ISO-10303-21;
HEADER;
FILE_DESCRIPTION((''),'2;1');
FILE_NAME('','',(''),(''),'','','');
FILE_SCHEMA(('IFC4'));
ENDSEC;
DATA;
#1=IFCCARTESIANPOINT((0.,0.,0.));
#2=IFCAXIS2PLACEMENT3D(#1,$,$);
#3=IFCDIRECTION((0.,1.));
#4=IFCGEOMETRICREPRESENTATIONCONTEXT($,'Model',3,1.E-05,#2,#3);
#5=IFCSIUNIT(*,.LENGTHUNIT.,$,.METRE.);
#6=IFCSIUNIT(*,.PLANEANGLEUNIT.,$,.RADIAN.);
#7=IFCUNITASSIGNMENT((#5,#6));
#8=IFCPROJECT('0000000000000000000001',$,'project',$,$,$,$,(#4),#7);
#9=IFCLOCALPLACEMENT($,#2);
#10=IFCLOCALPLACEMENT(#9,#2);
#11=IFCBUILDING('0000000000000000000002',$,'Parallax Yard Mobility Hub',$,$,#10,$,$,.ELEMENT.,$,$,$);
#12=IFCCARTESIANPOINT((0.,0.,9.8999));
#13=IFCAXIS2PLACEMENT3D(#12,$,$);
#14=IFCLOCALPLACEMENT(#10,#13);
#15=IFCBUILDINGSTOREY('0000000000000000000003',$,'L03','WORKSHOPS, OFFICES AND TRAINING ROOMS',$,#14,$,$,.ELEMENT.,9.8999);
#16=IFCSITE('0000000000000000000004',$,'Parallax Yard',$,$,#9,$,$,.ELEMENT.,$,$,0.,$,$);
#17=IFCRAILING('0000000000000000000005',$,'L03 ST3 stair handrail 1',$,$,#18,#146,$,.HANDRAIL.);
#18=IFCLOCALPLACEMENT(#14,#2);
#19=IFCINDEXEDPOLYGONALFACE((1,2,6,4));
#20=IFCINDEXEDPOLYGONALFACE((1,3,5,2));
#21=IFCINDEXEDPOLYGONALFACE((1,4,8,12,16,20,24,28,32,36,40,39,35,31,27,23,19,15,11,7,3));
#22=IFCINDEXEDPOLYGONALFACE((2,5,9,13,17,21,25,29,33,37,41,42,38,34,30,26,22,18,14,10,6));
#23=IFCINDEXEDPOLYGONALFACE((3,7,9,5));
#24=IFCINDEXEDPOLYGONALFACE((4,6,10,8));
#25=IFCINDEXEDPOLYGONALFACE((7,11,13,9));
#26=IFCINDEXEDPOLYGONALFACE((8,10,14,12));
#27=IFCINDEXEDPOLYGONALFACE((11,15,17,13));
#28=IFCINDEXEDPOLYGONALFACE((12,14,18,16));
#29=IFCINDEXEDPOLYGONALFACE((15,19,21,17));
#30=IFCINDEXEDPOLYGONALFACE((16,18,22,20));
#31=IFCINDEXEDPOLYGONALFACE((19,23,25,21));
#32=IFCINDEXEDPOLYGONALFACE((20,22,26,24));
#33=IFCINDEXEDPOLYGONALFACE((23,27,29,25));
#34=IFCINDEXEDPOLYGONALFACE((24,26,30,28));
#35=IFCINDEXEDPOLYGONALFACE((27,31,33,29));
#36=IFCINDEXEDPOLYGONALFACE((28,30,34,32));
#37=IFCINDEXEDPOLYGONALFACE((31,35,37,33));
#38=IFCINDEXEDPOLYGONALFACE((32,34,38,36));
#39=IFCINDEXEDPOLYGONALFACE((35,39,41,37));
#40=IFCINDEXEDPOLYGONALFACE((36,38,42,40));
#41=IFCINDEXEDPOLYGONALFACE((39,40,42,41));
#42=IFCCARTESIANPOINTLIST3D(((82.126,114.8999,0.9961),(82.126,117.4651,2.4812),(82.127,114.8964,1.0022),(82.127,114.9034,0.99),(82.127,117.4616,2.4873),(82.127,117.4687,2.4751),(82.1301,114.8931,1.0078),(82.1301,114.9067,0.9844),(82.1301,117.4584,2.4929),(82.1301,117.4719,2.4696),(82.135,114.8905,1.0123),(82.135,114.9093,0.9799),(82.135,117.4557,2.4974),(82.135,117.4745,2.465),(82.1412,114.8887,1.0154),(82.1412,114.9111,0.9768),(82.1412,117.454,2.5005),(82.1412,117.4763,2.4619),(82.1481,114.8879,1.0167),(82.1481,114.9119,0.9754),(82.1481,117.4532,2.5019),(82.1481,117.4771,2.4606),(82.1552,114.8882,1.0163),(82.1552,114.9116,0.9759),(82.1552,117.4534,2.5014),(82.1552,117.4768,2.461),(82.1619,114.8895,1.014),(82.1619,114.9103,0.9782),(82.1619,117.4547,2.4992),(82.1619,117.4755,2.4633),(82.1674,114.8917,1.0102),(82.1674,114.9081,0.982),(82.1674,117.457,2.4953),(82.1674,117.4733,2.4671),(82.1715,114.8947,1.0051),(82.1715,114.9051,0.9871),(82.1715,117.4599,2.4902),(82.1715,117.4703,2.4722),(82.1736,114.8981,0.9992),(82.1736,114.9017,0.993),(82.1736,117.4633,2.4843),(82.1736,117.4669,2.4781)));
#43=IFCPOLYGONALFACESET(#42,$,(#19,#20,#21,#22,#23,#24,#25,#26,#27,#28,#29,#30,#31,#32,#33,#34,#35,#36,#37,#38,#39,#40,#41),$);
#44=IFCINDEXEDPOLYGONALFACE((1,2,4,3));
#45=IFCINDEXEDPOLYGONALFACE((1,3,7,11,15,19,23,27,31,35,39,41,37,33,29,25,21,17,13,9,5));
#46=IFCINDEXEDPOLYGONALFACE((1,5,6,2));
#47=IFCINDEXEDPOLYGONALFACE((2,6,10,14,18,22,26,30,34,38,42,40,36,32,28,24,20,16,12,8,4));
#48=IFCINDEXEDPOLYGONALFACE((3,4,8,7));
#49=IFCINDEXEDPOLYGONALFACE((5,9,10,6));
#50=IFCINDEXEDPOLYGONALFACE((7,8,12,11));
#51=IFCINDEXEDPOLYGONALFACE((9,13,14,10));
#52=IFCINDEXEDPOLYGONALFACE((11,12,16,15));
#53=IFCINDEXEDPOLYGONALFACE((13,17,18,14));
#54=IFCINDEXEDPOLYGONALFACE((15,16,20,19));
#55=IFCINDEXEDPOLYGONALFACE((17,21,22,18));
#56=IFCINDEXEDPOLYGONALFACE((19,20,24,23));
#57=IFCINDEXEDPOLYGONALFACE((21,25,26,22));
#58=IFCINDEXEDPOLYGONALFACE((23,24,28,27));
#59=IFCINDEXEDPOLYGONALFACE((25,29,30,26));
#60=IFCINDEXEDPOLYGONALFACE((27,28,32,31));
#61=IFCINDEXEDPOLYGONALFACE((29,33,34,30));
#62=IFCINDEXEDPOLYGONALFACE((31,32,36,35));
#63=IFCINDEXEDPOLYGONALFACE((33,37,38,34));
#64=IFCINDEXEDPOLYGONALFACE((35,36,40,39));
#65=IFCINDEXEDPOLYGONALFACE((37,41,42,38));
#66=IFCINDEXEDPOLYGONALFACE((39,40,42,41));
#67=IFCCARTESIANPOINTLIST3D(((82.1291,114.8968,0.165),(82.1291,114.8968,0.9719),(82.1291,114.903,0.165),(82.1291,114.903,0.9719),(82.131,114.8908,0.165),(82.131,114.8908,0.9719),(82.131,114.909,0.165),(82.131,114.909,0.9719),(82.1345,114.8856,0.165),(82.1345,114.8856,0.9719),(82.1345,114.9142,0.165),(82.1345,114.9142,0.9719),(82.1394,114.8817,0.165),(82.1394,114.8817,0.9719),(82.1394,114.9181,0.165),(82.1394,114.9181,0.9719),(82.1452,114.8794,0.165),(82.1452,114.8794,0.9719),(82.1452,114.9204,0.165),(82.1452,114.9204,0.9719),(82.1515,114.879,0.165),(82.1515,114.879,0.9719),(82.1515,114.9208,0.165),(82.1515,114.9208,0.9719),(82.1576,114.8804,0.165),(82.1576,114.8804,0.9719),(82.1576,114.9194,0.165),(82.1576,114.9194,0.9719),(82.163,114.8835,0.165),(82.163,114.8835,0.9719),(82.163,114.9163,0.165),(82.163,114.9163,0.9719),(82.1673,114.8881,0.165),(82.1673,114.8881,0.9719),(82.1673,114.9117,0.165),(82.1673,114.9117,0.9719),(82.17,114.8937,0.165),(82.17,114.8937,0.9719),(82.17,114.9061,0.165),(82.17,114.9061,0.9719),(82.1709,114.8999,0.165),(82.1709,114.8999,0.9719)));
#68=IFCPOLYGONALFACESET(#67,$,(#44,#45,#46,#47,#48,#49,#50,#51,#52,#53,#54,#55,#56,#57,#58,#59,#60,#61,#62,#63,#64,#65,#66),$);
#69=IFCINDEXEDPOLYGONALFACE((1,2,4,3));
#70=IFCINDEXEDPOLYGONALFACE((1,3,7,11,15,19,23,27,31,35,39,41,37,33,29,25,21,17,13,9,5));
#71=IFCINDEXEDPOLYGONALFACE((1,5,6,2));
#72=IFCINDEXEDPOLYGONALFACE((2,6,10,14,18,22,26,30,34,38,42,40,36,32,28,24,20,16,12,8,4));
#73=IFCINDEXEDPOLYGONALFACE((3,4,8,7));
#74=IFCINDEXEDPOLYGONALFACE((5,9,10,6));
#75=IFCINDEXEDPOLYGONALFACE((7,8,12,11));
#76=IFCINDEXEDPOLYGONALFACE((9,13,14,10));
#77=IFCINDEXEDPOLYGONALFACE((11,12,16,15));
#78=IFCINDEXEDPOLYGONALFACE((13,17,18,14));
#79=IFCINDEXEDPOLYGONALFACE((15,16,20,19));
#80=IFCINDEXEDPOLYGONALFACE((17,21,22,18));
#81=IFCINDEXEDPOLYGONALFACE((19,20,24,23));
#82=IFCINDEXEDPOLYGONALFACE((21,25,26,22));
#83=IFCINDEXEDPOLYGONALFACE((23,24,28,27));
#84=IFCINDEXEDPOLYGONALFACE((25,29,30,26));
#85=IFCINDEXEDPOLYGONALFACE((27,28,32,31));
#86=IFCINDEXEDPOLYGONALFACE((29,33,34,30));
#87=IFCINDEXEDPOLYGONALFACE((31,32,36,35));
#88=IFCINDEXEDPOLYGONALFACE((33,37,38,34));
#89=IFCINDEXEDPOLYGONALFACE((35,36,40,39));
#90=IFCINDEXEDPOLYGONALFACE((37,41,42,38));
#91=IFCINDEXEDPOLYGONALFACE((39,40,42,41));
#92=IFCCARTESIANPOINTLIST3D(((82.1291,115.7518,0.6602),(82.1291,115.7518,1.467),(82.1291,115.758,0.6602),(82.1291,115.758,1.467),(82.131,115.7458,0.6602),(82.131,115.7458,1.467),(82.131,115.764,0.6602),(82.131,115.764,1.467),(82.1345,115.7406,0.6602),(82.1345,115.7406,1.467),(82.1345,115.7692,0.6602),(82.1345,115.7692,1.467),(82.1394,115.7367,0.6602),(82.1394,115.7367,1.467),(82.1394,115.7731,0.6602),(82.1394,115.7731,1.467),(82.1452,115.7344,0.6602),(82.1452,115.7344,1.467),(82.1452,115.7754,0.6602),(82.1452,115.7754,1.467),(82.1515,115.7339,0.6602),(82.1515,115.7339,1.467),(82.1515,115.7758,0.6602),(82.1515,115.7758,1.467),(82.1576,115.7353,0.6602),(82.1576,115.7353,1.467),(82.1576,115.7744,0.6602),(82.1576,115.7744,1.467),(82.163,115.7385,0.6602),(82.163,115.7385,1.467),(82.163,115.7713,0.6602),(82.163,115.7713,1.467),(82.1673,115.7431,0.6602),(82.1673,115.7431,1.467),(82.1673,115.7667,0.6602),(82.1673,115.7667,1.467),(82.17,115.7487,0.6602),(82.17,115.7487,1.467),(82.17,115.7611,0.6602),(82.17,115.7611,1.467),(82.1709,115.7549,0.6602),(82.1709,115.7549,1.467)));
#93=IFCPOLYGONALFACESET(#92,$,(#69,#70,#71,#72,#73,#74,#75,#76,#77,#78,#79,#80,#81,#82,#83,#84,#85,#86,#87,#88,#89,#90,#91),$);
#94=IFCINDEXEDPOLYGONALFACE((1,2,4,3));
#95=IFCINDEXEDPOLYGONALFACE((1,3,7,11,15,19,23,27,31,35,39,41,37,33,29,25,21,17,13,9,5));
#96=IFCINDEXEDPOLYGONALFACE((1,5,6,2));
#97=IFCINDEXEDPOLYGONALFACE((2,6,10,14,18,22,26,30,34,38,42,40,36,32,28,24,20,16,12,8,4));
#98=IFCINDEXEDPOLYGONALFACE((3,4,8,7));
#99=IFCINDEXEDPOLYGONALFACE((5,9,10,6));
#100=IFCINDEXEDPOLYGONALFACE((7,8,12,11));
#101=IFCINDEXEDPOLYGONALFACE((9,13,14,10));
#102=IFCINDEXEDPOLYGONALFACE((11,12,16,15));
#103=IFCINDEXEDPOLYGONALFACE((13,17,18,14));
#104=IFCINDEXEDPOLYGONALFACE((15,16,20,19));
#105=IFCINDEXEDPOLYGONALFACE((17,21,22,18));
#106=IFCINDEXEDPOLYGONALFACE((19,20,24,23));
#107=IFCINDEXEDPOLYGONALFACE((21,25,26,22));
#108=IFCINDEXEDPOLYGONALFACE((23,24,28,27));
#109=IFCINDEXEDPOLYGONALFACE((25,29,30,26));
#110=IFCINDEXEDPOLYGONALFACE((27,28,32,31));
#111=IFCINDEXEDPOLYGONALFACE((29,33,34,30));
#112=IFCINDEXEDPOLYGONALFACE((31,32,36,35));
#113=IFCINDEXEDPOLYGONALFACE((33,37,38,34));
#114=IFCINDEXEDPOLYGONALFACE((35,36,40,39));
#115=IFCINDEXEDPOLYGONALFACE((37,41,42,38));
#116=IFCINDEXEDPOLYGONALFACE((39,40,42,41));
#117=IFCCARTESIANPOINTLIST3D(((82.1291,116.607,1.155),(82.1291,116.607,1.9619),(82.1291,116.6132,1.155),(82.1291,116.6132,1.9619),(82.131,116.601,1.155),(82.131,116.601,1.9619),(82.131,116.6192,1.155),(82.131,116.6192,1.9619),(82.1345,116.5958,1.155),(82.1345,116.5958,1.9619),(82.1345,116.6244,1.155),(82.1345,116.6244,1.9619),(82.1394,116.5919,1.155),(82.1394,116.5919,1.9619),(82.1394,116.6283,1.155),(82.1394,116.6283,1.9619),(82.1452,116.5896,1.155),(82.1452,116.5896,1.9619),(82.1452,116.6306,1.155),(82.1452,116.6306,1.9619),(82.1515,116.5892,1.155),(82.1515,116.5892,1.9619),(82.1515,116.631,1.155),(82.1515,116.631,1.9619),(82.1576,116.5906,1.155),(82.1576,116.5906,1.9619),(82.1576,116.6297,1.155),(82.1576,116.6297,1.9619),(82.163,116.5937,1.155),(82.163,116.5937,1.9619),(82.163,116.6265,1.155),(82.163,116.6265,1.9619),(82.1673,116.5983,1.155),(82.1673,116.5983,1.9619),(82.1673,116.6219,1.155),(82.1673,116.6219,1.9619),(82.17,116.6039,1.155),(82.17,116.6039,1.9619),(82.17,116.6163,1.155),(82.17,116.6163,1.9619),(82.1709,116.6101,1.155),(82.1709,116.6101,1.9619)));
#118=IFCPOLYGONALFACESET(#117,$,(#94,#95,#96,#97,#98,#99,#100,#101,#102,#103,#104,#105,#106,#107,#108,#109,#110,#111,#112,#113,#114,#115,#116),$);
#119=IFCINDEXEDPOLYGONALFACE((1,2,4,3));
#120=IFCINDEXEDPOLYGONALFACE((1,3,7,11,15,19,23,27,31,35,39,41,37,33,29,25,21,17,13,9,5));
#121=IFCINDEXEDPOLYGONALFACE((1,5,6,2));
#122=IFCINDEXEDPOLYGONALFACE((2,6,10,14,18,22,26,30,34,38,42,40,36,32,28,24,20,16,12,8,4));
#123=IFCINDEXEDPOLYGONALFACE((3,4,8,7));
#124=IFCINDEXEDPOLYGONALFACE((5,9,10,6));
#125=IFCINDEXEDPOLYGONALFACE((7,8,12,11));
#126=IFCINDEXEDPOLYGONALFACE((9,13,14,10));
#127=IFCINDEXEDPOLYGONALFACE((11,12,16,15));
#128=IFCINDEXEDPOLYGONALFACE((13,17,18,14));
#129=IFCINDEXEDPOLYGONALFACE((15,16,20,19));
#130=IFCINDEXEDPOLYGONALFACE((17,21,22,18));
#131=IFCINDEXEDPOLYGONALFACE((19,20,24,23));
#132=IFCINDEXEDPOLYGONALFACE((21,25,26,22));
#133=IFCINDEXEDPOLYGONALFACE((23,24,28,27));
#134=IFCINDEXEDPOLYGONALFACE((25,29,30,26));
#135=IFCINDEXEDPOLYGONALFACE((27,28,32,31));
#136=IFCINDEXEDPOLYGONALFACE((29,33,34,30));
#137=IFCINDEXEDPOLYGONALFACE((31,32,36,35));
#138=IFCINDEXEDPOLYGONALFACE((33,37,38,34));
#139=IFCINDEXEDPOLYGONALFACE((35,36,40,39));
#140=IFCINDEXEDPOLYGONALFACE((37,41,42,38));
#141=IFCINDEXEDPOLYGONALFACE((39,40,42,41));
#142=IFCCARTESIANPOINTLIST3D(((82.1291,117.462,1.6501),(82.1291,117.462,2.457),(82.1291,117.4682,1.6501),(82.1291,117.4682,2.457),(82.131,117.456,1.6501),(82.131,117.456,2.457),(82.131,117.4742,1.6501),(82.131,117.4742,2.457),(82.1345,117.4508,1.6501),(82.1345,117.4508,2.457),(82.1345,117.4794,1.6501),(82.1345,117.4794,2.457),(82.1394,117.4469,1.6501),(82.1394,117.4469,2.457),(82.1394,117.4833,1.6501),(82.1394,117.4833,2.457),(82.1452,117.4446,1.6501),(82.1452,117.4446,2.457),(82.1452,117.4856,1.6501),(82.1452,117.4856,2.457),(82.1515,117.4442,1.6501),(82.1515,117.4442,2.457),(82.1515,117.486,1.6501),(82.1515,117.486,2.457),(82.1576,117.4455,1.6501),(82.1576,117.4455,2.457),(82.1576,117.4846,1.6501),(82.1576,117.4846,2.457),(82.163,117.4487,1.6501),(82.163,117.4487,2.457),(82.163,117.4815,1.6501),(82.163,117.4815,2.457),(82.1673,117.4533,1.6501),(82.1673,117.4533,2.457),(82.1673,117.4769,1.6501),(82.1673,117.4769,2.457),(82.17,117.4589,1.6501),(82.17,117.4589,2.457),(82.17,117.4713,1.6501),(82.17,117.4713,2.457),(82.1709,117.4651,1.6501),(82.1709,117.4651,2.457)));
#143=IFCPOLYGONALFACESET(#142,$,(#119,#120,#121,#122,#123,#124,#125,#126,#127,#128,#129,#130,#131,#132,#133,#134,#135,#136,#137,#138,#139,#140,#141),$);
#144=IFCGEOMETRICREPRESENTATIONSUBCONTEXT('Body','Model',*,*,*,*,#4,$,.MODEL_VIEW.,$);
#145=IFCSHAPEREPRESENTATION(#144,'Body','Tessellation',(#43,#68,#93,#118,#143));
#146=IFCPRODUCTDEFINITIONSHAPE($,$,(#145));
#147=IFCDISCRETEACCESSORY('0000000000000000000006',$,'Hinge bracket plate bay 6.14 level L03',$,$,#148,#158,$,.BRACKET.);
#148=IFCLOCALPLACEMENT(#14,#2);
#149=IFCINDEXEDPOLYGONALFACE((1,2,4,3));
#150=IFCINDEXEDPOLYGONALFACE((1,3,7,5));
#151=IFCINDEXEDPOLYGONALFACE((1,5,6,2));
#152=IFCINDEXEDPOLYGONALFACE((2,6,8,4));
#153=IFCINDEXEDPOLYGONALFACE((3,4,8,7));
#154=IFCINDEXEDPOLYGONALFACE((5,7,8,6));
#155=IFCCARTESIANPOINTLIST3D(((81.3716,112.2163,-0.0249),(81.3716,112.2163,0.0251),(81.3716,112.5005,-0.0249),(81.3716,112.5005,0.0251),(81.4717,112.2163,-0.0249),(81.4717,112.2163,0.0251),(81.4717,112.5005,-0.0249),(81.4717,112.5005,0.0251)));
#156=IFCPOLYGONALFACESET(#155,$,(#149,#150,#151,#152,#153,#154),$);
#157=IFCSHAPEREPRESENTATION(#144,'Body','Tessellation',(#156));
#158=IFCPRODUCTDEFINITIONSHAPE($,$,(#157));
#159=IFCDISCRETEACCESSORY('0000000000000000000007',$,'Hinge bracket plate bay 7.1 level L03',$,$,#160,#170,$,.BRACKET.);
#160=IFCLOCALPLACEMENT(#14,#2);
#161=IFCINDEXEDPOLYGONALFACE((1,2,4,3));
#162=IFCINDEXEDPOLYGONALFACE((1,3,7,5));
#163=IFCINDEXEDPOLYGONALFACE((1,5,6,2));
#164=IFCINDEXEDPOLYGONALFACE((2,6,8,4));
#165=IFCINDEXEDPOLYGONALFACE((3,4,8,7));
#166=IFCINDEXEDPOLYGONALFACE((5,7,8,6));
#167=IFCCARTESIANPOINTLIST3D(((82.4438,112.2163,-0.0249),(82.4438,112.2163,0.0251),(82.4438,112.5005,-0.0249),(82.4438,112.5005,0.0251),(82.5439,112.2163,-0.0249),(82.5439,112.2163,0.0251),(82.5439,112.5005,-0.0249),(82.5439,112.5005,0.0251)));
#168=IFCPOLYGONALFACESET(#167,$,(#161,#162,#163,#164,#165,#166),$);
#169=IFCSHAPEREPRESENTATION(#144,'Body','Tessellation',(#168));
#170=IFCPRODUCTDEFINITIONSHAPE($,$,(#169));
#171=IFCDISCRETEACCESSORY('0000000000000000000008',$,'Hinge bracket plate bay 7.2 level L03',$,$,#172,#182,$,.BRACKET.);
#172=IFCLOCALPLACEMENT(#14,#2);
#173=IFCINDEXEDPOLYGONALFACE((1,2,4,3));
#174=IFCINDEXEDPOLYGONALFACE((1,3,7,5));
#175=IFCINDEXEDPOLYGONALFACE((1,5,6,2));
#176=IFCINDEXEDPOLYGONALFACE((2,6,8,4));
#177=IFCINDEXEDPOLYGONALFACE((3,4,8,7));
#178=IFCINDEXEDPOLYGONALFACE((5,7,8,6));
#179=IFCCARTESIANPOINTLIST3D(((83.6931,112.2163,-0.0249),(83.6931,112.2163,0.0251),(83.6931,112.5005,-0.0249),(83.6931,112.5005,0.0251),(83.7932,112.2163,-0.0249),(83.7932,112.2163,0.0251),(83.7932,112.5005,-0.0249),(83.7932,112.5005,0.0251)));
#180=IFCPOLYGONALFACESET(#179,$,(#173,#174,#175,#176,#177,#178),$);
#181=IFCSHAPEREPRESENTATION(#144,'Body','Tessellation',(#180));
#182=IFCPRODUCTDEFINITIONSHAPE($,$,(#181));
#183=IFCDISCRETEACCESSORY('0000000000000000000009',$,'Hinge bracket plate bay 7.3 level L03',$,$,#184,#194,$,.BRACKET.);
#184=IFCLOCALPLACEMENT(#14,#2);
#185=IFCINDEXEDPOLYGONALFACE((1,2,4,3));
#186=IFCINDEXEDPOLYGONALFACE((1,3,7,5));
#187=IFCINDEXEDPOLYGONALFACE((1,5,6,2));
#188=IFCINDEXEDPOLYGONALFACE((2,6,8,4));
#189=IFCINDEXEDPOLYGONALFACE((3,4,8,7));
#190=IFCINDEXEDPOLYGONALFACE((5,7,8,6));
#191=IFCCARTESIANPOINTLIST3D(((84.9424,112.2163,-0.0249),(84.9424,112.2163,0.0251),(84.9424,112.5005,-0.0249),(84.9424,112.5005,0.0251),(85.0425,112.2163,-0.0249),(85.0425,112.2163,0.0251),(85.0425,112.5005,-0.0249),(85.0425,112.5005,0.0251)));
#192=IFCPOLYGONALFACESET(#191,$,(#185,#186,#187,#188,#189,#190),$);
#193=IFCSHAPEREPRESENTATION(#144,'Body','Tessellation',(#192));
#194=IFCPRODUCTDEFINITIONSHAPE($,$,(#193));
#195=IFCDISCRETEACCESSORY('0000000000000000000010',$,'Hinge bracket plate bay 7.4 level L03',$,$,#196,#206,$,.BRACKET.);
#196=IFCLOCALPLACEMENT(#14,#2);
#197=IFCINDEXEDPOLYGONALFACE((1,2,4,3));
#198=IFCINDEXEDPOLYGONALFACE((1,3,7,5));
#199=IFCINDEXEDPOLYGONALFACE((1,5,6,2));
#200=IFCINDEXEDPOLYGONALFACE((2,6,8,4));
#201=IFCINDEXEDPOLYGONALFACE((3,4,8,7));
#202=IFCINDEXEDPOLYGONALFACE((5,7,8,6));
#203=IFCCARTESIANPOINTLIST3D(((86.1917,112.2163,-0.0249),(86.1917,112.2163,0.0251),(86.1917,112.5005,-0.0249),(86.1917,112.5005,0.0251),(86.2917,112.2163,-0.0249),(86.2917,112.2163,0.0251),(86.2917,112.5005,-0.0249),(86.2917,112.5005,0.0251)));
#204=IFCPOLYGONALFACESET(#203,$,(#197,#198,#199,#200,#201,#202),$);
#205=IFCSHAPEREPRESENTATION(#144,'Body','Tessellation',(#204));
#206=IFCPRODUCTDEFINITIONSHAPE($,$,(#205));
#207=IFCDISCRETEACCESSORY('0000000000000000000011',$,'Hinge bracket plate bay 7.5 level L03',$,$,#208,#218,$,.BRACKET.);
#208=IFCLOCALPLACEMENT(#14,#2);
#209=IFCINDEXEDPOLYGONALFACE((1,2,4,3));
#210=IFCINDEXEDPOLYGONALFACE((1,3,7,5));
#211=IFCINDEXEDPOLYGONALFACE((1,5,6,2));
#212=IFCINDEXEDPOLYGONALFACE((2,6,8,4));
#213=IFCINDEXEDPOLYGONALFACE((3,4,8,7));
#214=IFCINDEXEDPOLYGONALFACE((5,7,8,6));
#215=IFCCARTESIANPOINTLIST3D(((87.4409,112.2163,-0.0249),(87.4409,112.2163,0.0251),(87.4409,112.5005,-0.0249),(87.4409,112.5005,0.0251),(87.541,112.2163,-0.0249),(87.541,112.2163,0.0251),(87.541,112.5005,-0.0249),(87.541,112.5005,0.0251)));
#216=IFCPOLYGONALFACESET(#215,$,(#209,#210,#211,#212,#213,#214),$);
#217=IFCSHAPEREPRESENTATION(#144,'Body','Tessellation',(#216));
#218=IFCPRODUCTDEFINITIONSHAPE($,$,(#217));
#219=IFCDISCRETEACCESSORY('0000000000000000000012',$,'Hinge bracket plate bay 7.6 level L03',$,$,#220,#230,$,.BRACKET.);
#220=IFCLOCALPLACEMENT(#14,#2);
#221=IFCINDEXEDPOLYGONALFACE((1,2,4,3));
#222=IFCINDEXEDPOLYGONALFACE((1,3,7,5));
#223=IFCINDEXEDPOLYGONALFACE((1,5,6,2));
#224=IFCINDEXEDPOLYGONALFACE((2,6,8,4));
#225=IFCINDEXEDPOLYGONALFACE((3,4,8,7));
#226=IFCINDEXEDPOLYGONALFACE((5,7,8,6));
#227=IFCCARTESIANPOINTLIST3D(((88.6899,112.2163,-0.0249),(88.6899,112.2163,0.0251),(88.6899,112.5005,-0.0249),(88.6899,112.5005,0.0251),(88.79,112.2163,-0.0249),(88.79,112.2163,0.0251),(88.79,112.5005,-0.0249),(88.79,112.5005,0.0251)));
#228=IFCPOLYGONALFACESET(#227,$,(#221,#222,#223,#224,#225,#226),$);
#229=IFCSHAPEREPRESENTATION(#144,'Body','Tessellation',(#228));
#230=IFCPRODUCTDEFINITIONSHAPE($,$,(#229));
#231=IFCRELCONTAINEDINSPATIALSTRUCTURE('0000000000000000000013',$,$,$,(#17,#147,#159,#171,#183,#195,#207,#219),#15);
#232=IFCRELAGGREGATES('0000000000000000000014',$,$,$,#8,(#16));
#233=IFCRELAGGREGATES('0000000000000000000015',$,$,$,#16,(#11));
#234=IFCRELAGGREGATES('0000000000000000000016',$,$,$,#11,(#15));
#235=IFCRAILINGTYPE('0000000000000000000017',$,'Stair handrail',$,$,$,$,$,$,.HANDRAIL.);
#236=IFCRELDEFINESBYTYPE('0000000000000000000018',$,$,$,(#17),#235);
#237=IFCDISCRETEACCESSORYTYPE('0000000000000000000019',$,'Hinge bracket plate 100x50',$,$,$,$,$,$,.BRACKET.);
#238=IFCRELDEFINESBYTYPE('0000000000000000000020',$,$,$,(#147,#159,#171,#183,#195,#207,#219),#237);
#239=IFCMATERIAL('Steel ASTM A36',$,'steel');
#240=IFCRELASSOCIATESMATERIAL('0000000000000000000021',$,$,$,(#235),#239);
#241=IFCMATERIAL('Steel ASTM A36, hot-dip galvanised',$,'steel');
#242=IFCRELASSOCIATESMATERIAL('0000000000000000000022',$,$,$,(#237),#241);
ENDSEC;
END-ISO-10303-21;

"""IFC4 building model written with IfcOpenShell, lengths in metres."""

from ifc_helpers import new_model, si_unit, direction, frame, origin, origin_2d, place, context, subcontext, project, spatial, rectangle, circle, extrude, material, type_object, element, save


model = new_model("IFC4")

# Units and contexts
model_context = context("Model", 3, precision=1e-05, world=origin(), true_north=direction((0.0, 1.0)))
body_context = subcontext(model_context, "Body", "Model", "MODEL_VIEW")
ifc_project = project(units=[si_unit("LENGTHUNIT", "METRE"), si_unit("PLANEANGLEUNIT", "RADIAN")], contexts=[model_context])

# Site, building, storey
site_placement = place(None, origin())
site = spatial("IfcSite", under=ifc_project, at=site_placement, Name="Parallax Yard", CompositionType="ELEMENT", RefElevation=0.0)
building_placement = place(site_placement, origin())
building = spatial("IfcBuilding", under=site, at=building_placement, Name="Parallax Yard Mobility Hub", CompositionType="ELEMENT")
storey_placement = place(building_placement, frame((0.0, 0.0, 9.8999)))
storey = spatial("IfcBuildingStorey", under=building, at=storey_placement, Name="L03", Description="WORKSHOPS, OFFICES AND TRAINING ROOMS", CompositionType="ELEMENT", Elevation=9.8999)

# Railing
ifc_material_1 = material(Name="Steel ASTM A36", Category="steel")
railing_type_1 = type_object("IfcRailingType", Name="Stair handrail", PredefinedType="HANDRAIL", material=ifc_material_1)
railing_1_placement = place(storey_placement, frame((82.1499, 114.8999, 0.165)))
element("IfcRailing", 1, at=railing_1_placement, inside=storey, type_object=railing_type_1, Name="L03 ST3 stair handrail 1", PredefinedType="HANDRAIL", context=body_context, shape_type="SweptSolid", body=[
    extrude(circle(Radius=0.0239, at=origin_2d()), frame((0.0, 0.0, 0.8311), z_axis=(0.0, 0.865426, 0.501036), x_axis=(-1.0, 0.0, 0.0)), (0.0, 0.0, 1.0), 2.9641),
    extrude(circle(Radius=0.021, at=origin_2d()), origin(), (0.0, 0.0, 1.0), 0.8069),
    extrude(circle(Radius=0.021, at=origin_2d()), frame((0.0, 0.855, 0.4951)), (0.0, 0.0, 1.0), 0.8069),
    extrude(circle(Radius=0.021, at=origin_2d()), frame((0.0, 1.7102, 0.99)), (0.0, 0.0, 1.0), 0.8069),
    extrude(circle(Radius=0.021, at=origin_2d()), frame((0.0, 2.5652, 1.4851)), (0.0, 0.0, 1.0), 0.8069),
])

# Discrete accessories
ifc_material_2 = material(Name="Steel ASTM A36, hot-dip galvanised", Category="steel")
discrete_accessory_type_1 = type_object("IfcDiscreteAccessoryType", Name="Hinge bracket plate 100x50", PredefinedType="BRACKET", material=ifc_material_2)
for number, where, z_axis, x_axis, name in (
    (2, (81.4216, 112.3584, -0.0249), (0.0, 0.0, 1.0), (0.0, -1.0, 0.0), "Hinge bracket plate bay 6.14 level L03"),
    (3, (82.4939, 112.3584, -0.0249), (0.0, 0.0, 1.0), (0.0, -1.0, 0.0), "Hinge bracket plate bay 7.1 level L03"),
    (4, (83.7432, 112.3584, -0.0249), (0.0, 0.0, 1.0), (0.0, -1.0, 0.0), "Hinge bracket plate bay 7.2 level L03"),
    (5, (84.9924, 112.3584, -0.0249), (0.0, 0.0, 1.0), (0.0, -1.0, 0.0), "Hinge bracket plate bay 7.3 level L03"),
    (6, (86.2417, 112.3584, -0.0249), (0.0, 0.0, 1.0), (0.0, -1.0, 0.0), "Hinge bracket plate bay 7.4 level L03"),
    (7, (87.491, 112.3584, -0.0249), (0.0, 0.0, 1.0), (0.0, -1.0, 0.0), "Hinge bracket plate bay 7.5 level L03"),
    (8, (88.74, 112.3584, -0.0249), (0.0, 0.0, 1.0), (0.0, -1.0, 0.0), "Hinge bracket plate bay 7.6 level L03"),
):
    element("IfcDiscreteAccessory", number, at=place(storey_placement, frame(where, z_axis=z_axis, x_axis=x_axis)), inside=storey, type_object=discrete_accessory_type_1, Name=name, PredefinedType="BRACKET", context=body_context, shape_type="SweptSolid", body=[
        extrude(rectangle(XDim=0.2842, YDim=0.1001, at=origin_2d()), origin(), (0.0, 0.0, 1.0), 0.05),
    ])

save(model, "model.ifc")
